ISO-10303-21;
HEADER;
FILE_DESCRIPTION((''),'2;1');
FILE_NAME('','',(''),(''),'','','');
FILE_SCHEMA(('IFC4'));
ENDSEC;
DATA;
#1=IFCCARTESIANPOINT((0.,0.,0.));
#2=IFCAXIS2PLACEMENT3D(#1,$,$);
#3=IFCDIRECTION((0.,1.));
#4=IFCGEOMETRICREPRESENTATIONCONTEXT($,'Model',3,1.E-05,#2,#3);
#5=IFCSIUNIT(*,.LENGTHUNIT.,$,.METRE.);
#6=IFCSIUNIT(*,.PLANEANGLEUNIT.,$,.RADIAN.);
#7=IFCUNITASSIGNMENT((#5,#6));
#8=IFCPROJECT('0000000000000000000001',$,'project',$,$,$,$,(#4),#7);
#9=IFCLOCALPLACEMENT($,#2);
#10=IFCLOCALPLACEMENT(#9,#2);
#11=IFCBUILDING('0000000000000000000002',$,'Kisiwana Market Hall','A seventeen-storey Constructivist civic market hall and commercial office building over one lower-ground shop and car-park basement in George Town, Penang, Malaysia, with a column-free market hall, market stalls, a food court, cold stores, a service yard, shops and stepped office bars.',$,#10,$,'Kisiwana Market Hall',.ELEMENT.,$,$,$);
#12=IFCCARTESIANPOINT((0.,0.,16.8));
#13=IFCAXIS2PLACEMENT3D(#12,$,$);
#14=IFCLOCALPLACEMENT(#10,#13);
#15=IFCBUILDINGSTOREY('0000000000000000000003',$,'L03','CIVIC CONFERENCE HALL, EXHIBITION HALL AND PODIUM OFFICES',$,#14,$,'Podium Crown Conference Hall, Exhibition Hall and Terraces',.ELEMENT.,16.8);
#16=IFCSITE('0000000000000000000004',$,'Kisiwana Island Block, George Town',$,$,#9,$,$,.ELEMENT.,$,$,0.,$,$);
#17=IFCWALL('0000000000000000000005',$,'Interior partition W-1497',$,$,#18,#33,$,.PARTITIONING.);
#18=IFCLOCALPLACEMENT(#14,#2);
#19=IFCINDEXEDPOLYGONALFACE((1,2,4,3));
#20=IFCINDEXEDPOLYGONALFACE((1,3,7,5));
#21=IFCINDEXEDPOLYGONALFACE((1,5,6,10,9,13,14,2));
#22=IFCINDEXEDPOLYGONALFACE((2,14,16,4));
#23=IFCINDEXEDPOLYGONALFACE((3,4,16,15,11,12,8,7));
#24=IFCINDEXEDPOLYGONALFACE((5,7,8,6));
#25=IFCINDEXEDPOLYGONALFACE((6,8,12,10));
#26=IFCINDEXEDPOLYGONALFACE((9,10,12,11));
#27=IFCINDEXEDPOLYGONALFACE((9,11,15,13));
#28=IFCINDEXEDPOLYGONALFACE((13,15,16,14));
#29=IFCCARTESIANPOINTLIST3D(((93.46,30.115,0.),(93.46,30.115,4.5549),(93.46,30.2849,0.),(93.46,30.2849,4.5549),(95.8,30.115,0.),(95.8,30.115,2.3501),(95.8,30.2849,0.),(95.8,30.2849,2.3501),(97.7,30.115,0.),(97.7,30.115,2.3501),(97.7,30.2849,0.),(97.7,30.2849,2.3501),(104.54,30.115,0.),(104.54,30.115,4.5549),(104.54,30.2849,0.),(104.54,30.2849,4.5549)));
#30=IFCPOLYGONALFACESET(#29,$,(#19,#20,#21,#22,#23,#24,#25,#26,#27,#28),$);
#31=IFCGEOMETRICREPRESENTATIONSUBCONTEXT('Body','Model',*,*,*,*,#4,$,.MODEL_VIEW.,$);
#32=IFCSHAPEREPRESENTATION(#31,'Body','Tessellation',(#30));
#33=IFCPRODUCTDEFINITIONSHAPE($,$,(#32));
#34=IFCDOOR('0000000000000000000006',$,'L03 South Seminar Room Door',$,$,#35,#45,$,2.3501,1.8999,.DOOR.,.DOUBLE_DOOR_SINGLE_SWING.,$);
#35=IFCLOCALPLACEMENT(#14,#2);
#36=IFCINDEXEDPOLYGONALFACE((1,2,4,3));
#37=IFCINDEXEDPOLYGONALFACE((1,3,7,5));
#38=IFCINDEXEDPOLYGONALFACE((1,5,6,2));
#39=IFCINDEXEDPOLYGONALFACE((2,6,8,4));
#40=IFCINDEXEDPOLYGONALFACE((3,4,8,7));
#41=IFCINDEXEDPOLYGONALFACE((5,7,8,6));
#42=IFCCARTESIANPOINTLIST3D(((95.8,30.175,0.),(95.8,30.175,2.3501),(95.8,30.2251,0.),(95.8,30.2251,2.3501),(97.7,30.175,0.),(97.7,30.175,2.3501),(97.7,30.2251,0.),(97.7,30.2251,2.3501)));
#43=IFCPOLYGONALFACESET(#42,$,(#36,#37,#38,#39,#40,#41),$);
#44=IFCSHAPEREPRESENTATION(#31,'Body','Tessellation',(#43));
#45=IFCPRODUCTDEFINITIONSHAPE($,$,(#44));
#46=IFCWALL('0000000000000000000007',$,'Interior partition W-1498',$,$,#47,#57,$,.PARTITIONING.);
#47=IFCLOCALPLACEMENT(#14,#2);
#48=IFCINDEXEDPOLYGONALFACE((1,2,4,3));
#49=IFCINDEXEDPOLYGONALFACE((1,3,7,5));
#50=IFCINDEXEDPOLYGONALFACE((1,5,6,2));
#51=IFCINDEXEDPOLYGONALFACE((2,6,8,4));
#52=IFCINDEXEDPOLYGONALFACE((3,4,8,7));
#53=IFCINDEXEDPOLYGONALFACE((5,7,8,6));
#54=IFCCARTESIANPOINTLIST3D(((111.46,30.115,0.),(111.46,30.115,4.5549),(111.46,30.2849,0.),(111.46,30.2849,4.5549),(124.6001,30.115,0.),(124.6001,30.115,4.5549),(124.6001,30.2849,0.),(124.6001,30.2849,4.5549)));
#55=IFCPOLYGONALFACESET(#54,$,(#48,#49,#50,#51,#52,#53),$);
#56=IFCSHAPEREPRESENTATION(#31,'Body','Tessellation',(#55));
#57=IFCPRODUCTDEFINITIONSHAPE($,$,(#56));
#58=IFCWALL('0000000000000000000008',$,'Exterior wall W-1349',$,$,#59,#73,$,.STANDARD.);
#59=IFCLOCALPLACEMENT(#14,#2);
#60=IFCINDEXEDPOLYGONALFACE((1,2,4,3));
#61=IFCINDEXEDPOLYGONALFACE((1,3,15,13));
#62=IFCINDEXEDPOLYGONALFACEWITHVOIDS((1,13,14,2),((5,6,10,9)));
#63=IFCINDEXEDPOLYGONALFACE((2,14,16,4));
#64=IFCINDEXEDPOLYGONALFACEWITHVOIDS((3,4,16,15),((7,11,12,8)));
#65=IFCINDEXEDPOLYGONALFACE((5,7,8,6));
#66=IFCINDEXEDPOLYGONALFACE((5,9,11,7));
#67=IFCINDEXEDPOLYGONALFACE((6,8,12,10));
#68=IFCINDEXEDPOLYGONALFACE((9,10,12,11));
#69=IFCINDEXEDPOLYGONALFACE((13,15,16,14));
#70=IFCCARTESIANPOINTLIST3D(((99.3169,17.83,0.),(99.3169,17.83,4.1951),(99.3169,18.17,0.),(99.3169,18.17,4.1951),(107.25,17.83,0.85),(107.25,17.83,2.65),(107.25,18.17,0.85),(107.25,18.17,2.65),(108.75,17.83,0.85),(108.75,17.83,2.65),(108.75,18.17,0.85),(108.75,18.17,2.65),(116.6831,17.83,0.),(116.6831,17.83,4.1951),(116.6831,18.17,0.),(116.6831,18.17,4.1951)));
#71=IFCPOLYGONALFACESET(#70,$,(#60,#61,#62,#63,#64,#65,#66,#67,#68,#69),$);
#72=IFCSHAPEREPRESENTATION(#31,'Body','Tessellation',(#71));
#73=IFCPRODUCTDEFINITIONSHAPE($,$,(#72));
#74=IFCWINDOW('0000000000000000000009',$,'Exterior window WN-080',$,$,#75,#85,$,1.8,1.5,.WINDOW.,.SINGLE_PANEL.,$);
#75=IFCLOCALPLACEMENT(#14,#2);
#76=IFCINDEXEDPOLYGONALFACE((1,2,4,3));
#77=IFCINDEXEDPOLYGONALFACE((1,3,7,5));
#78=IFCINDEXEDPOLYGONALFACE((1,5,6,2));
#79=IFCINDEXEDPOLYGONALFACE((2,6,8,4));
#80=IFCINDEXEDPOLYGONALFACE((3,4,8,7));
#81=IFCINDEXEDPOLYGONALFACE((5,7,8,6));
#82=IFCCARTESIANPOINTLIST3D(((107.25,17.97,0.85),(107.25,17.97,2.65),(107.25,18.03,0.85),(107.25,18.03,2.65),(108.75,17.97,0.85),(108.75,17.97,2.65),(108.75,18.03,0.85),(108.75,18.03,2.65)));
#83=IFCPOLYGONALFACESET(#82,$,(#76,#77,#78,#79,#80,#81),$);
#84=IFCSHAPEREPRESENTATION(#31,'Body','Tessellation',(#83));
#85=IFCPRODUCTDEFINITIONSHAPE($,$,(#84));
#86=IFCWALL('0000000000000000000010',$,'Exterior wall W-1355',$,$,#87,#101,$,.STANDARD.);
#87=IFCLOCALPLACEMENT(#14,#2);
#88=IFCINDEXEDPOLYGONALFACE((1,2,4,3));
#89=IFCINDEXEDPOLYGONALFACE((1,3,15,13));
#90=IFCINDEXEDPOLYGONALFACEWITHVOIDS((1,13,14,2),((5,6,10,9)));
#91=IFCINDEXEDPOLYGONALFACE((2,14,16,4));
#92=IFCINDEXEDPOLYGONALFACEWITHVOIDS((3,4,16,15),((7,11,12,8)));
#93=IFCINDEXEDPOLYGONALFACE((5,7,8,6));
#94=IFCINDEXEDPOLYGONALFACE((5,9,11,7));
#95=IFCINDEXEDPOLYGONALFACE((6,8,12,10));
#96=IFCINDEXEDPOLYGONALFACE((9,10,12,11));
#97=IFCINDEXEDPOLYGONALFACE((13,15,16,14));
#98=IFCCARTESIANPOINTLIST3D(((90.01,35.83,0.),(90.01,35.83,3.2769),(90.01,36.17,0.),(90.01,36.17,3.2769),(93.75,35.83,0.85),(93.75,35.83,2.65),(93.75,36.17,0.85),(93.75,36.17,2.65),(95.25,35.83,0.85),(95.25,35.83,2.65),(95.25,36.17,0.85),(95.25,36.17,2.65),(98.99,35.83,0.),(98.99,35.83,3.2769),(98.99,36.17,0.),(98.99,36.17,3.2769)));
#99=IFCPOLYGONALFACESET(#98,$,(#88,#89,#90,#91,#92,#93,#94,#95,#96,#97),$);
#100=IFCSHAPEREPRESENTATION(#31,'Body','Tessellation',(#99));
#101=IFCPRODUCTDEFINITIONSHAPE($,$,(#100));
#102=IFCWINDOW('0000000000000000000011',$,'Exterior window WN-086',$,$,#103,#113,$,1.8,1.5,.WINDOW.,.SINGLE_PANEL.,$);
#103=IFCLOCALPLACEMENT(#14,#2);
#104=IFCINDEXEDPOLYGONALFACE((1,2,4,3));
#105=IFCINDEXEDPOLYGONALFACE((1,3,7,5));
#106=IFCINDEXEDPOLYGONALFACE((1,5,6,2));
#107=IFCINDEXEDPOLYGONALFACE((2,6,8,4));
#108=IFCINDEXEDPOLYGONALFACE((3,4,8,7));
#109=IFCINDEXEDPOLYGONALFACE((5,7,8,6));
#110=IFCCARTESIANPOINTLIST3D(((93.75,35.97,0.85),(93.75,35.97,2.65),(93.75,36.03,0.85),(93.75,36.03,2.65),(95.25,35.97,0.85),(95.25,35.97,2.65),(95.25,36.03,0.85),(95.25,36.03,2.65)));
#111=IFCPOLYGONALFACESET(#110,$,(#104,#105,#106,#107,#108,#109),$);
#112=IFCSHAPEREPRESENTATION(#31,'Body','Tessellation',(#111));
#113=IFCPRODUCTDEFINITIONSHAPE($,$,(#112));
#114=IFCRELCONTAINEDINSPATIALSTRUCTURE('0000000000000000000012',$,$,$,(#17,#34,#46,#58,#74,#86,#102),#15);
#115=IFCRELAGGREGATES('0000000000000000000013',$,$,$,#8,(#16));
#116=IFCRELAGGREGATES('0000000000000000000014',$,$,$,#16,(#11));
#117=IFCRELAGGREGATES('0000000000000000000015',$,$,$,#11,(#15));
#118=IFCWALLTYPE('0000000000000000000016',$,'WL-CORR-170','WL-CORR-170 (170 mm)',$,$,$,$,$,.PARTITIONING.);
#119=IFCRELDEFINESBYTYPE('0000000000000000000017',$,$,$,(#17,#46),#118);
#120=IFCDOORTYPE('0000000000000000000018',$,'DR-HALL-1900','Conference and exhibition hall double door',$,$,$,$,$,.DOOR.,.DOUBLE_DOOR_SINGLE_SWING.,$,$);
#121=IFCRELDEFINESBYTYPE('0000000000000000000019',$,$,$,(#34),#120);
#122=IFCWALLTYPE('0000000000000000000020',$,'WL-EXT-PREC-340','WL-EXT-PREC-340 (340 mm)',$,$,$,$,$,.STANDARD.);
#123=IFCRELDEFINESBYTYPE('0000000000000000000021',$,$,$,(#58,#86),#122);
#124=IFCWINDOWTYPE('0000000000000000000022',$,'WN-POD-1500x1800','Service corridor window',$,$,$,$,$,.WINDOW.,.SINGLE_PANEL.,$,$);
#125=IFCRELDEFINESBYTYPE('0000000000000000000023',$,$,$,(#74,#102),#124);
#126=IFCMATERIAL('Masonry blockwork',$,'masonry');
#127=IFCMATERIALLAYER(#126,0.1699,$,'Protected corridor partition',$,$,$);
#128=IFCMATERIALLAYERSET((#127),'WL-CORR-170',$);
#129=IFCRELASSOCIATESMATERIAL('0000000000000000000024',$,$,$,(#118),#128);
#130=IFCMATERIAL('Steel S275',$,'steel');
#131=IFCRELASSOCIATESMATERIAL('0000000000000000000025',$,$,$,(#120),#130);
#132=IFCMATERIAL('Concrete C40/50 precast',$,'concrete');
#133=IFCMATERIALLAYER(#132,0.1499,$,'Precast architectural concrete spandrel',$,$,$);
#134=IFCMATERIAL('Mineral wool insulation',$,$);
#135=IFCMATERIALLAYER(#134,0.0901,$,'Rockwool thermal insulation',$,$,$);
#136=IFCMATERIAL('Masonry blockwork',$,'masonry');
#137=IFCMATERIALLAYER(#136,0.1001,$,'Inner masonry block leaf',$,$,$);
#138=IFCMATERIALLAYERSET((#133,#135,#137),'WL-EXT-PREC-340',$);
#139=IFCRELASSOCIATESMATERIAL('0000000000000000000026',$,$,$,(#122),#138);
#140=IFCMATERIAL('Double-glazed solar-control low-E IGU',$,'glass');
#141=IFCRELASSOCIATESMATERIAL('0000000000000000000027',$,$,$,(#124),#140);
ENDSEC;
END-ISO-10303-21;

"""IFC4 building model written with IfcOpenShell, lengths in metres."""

from ifc_helpers import new_model, si_unit, direction, frame, frame_2d, origin, place, context, subcontext, project, spatial, rectangle, extrude, material, layer, layer_set, type_object, element, fill, save


model = new_model("IFC4")

# Units and contexts
model_context = context("Model", 3, precision=1e-05, world=origin(), true_north=direction((0.0, 1.0)))
body_context = subcontext(model_context, "Body", "Model", "MODEL_VIEW")
ifc_project = project(units=[si_unit("LENGTHUNIT", "METRE"), si_unit("PLANEANGLEUNIT", "RADIAN")], contexts=[model_context])

# Site, building, storey
site_placement = place(None, origin())
site = spatial("IfcSite", under=ifc_project, at=site_placement, Name="Kisiwana Island Block, George Town", CompositionType="ELEMENT", RefElevation=0.0)
building_placement = place(site_placement, origin())
building = spatial("IfcBuilding", under=site, at=building_placement, Name="Kisiwana Market Hall", Description="A seventeen-storey Constructivist civic market hall and commercial office building over one lower-ground shop and car-park basement in George Town, Penang, Malaysia, with a column-free market hall, market stalls, a food court, cold stores, a service yard, shops and stepped office bars.", LongName="Kisiwana Market Hall", CompositionType="ELEMENT")
storey_placement = place(building_placement, frame((0.0, 0.0, 16.8)))
storey = spatial("IfcBuildingStorey", under=building, at=storey_placement, Name="L03", Description="CIVIC CONFERENCE HALL, EXHIBITION HALL AND PODIUM OFFICES", LongName="Podium Crown Conference Hall, Exhibition Hall and Terraces", CompositionType="ELEMENT", Elevation=16.8)

# Wall, opening, door
ifc_material_1 = material(Name="Masonry blockwork", Category="masonry")
ifc_layer_1 = layer(ifc_material_1, 0.1699, Name="Protected corridor partition")
ifc_layer_set_1 = layer_set([ifc_layer_1], Name="WL-CORR-170")
wall_type_1 = type_object("IfcWallType", Name="WL-CORR-170", Description="WL-CORR-170 (170 mm)", PredefinedType="PARTITIONING", material=ifc_layer_set_1)
wall_1_placement = place(storey_placement, frame((93.46, 30.2, 0.0), z_axis=(0.0, 0.0, 1.0), x_axis=(1.0, 0.0, 0.0)))
wall_1 = element("IfcWall", 1, at=wall_1_placement, inside=storey, type_object=wall_type_1, Name="Interior partition W-1497", PredefinedType="PARTITIONING", context=body_context, shape_type="SweptSolid", body=[
    extrude(rectangle(XDim=11.0801, YDim=0.1699, at=frame_2d((5.54, 0.0))), origin(), (0.0, 0.0, 1.0), 4.5549),
])
opening_1_placement = place(wall_1_placement, frame((2.3401, 0.0, 0.0)))
opening_1 = element("IfcOpeningElement", 2, at=opening_1_placement, cuts=wall_1, PredefinedType="OPENING", context=body_context, shape_type="SweptSolid", body=[
    extrude(rectangle(XDim=1.8999, YDim=2.3501, at=frame_2d((0.95, 1.175))), frame((0.0, 0.0969, 0.0), z_axis=(0.0, -1.0, 0.0), x_axis=(1.0, 0.0, 0.0)), (0.0, 0.0, 1.0), 0.1938),
])
ifc_material_2 = material(Name="Steel S275", Category="steel")
door_type_1 = type_object("IfcDoorType", Name="DR-HALL-1900", Description="Conference and exhibition hall double door", OperationType="DOUBLE_DOOR_SINGLE_SWING", PredefinedType="DOOR", material=ifc_material_2)
door_1_placement = place(opening_1_placement, frame((1.8999, 0.0, 0.0), z_axis=(0.0, 0.0, 1.0), x_axis=(-1.0, 0.0, 0.0)))
door_1 = element("IfcDoor", 3, at=door_1_placement, inside=storey, type_object=door_type_1, Name="L03 South Seminar Room Door", OperationType="DOUBLE_DOOR_SINGLE_SWING", OverallHeight=2.3501, OverallWidth=1.8999, PredefinedType="DOOR", context=body_context, shape_type="SweptSolid", body=[
    extrude(rectangle(XDim=1.8999, YDim=2.3501, at=frame_2d((0.95, 1.175))), frame((0.0, 0.0249, 0.0), z_axis=(0.0, -1.0, 0.0), x_axis=(1.0, 0.0, 0.0)), (0.0, 0.0, 1.0), 0.05),
])
fill(opening_1, door_1)

# Wall
wall_2_placement = place(storey_placement, frame((111.46, 30.2, 0.0), z_axis=(0.0, 0.0, 1.0), x_axis=(1.0, 0.0, 0.0)))
element("IfcWall", 4, at=wall_2_placement, inside=storey, type_object=wall_type_1, Name="Interior partition W-1498", PredefinedType="PARTITIONING", context=body_context, shape_type="SweptSolid", body=[
    extrude(rectangle(XDim=13.1401, YDim=0.1699, at=frame_2d((6.5701, 0.0))), origin(), (0.0, 0.0, 1.0), 4.5549),
])

# Walls, openings, windows
ifc_material_3 = material(Name="Concrete C40/50 precast", Category="concrete")
ifc_layer_2 = layer(ifc_material_3, 0.1499, Name="Precast architectural concrete spandrel")
ifc_material_4 = material(Name="Mineral wool insulation")
ifc_layer_3 = layer(ifc_material_4, 0.0901, Name="Rockwool thermal insulation")
ifc_material_5 = material(Name="Masonry blockwork", Category="masonry")
ifc_layer_4 = layer(ifc_material_5, 0.1001, Name="Inner masonry block leaf")
ifc_layer_set_2 = layer_set([ifc_layer_2, ifc_layer_3, ifc_layer_4], Name="WL-EXT-PREC-340")
wall_type_2 = type_object("IfcWallType", Name="WL-EXT-PREC-340", Description="WL-EXT-PREC-340 (340 mm)", PredefinedType="STANDARD", material=ifc_layer_set_2)
wall_3_placement = place(storey_placement, frame((99.3169, 18.0, 0.0), z_axis=(0.0, 0.0, 1.0), x_axis=(1.0, 0.0, 0.0)))
wall_3 = element("IfcWall", 5, at=wall_3_placement, inside=storey, type_object=wall_type_2, Name="Exterior wall W-1349", PredefinedType="STANDARD", context=body_context, shape_type="SweptSolid", body=[
    extrude(rectangle(XDim=17.3662, YDim=0.3401, at=frame_2d((8.6831, 0.0))), origin(), (0.0, 0.0, 1.0), 4.1951),
])
opening_2_placement = place(wall_3_placement, frame((7.9331, 0.0, 0.8501)))
opening_2 = element("IfcOpeningElement", 6, at=opening_2_placement, cuts=wall_3, PredefinedType="OPENING", context=body_context, shape_type="SweptSolid", body=[
    extrude(rectangle(XDim=1.5, YDim=1.8, at=frame_2d((0.75, 0.8999))), frame((0.0, 0.1821, 0.0), z_axis=(0.0, -1.0, 0.0), x_axis=(1.0, 0.0, 0.0)), (0.0, 0.0, 1.0), 0.364),
])
ifc_material_6 = material(Name="Double-glazed solar-control low-E IGU", Category="glass")
window_type = type_object("IfcWindowType", Name="WN-POD-1500x1800", Description="Service corridor window", PartitioningType="SINGLE_PANEL", PredefinedType="WINDOW", material=ifc_material_6)
window_1_placement = place(opening_2_placement, origin())
window_1 = element("IfcWindow", 7, at=window_1_placement, inside=storey, type_object=window_type, Name="Exterior window WN-080", OverallHeight=1.8, OverallWidth=1.5, PartitioningType="SINGLE_PANEL", PredefinedType="WINDOW", context=body_context, shape_type="SweptSolid", body=[
    extrude(rectangle(XDim=1.5, YDim=1.8, at=frame_2d((0.75, 0.8999))), frame((0.0, 0.03, 0.0), z_axis=(0.0, -1.0, 0.0), x_axis=(1.0, 0.0, 0.0)), (0.0, 0.0, 1.0), 0.0601),
])
fill(opening_2, window_1)
wall_4_placement = place(storey_placement, frame((90.01, 36.0, 0.0), z_axis=(0.0, 0.0, 1.0), x_axis=(1.0, 0.0, 0.0)))
wall_4 = element("IfcWall", 8, at=wall_4_placement, inside=storey, type_object=wall_type_2, Name="Exterior wall W-1355", PredefinedType="STANDARD", context=body_context, shape_type="SweptSolid", body=[
    extrude(rectangle(XDim=8.98, YDim=0.3401, at=frame_2d((4.49, 0.0))), origin(), (0.0, 0.0, 1.0), 3.2769),
])
opening_3_placement = place(wall_4_placement, frame((3.74, 0.0, 0.8501)))
opening_3 = element("IfcOpeningElement", 9, at=opening_3_placement, cuts=wall_4, PredefinedType="OPENING", context=body_context, shape_type="SweptSolid", body=[
    extrude(rectangle(XDim=1.5, YDim=1.8, at=frame_2d((0.75, 0.8999))), frame((0.0, 0.1821, 0.0), z_axis=(0.0, -1.0, 0.0), x_axis=(1.0, 0.0, 0.0)), (0.0, 0.0, 1.0), 0.364),
])
window_2_placement = place(opening_3_placement, origin())
window_2 = element("IfcWindow", 10, at=window_2_placement, inside=storey, type_object=window_type, Name="Exterior window WN-086", OverallHeight=1.8, OverallWidth=1.5, PartitioningType="SINGLE_PANEL", PredefinedType="WINDOW", context=body_context, shape_type="SweptSolid", body=[
    extrude(rectangle(XDim=1.5, YDim=1.8, at=frame_2d((0.75, 0.8999))), frame((0.0, 0.03, 0.0), z_axis=(0.0, -1.0, 0.0), x_axis=(1.0, 0.0, 0.0)), (0.0, 0.0, 1.0), 0.0601),
])
fill(opening_3, window_2)

save(model, "model.ifc")
